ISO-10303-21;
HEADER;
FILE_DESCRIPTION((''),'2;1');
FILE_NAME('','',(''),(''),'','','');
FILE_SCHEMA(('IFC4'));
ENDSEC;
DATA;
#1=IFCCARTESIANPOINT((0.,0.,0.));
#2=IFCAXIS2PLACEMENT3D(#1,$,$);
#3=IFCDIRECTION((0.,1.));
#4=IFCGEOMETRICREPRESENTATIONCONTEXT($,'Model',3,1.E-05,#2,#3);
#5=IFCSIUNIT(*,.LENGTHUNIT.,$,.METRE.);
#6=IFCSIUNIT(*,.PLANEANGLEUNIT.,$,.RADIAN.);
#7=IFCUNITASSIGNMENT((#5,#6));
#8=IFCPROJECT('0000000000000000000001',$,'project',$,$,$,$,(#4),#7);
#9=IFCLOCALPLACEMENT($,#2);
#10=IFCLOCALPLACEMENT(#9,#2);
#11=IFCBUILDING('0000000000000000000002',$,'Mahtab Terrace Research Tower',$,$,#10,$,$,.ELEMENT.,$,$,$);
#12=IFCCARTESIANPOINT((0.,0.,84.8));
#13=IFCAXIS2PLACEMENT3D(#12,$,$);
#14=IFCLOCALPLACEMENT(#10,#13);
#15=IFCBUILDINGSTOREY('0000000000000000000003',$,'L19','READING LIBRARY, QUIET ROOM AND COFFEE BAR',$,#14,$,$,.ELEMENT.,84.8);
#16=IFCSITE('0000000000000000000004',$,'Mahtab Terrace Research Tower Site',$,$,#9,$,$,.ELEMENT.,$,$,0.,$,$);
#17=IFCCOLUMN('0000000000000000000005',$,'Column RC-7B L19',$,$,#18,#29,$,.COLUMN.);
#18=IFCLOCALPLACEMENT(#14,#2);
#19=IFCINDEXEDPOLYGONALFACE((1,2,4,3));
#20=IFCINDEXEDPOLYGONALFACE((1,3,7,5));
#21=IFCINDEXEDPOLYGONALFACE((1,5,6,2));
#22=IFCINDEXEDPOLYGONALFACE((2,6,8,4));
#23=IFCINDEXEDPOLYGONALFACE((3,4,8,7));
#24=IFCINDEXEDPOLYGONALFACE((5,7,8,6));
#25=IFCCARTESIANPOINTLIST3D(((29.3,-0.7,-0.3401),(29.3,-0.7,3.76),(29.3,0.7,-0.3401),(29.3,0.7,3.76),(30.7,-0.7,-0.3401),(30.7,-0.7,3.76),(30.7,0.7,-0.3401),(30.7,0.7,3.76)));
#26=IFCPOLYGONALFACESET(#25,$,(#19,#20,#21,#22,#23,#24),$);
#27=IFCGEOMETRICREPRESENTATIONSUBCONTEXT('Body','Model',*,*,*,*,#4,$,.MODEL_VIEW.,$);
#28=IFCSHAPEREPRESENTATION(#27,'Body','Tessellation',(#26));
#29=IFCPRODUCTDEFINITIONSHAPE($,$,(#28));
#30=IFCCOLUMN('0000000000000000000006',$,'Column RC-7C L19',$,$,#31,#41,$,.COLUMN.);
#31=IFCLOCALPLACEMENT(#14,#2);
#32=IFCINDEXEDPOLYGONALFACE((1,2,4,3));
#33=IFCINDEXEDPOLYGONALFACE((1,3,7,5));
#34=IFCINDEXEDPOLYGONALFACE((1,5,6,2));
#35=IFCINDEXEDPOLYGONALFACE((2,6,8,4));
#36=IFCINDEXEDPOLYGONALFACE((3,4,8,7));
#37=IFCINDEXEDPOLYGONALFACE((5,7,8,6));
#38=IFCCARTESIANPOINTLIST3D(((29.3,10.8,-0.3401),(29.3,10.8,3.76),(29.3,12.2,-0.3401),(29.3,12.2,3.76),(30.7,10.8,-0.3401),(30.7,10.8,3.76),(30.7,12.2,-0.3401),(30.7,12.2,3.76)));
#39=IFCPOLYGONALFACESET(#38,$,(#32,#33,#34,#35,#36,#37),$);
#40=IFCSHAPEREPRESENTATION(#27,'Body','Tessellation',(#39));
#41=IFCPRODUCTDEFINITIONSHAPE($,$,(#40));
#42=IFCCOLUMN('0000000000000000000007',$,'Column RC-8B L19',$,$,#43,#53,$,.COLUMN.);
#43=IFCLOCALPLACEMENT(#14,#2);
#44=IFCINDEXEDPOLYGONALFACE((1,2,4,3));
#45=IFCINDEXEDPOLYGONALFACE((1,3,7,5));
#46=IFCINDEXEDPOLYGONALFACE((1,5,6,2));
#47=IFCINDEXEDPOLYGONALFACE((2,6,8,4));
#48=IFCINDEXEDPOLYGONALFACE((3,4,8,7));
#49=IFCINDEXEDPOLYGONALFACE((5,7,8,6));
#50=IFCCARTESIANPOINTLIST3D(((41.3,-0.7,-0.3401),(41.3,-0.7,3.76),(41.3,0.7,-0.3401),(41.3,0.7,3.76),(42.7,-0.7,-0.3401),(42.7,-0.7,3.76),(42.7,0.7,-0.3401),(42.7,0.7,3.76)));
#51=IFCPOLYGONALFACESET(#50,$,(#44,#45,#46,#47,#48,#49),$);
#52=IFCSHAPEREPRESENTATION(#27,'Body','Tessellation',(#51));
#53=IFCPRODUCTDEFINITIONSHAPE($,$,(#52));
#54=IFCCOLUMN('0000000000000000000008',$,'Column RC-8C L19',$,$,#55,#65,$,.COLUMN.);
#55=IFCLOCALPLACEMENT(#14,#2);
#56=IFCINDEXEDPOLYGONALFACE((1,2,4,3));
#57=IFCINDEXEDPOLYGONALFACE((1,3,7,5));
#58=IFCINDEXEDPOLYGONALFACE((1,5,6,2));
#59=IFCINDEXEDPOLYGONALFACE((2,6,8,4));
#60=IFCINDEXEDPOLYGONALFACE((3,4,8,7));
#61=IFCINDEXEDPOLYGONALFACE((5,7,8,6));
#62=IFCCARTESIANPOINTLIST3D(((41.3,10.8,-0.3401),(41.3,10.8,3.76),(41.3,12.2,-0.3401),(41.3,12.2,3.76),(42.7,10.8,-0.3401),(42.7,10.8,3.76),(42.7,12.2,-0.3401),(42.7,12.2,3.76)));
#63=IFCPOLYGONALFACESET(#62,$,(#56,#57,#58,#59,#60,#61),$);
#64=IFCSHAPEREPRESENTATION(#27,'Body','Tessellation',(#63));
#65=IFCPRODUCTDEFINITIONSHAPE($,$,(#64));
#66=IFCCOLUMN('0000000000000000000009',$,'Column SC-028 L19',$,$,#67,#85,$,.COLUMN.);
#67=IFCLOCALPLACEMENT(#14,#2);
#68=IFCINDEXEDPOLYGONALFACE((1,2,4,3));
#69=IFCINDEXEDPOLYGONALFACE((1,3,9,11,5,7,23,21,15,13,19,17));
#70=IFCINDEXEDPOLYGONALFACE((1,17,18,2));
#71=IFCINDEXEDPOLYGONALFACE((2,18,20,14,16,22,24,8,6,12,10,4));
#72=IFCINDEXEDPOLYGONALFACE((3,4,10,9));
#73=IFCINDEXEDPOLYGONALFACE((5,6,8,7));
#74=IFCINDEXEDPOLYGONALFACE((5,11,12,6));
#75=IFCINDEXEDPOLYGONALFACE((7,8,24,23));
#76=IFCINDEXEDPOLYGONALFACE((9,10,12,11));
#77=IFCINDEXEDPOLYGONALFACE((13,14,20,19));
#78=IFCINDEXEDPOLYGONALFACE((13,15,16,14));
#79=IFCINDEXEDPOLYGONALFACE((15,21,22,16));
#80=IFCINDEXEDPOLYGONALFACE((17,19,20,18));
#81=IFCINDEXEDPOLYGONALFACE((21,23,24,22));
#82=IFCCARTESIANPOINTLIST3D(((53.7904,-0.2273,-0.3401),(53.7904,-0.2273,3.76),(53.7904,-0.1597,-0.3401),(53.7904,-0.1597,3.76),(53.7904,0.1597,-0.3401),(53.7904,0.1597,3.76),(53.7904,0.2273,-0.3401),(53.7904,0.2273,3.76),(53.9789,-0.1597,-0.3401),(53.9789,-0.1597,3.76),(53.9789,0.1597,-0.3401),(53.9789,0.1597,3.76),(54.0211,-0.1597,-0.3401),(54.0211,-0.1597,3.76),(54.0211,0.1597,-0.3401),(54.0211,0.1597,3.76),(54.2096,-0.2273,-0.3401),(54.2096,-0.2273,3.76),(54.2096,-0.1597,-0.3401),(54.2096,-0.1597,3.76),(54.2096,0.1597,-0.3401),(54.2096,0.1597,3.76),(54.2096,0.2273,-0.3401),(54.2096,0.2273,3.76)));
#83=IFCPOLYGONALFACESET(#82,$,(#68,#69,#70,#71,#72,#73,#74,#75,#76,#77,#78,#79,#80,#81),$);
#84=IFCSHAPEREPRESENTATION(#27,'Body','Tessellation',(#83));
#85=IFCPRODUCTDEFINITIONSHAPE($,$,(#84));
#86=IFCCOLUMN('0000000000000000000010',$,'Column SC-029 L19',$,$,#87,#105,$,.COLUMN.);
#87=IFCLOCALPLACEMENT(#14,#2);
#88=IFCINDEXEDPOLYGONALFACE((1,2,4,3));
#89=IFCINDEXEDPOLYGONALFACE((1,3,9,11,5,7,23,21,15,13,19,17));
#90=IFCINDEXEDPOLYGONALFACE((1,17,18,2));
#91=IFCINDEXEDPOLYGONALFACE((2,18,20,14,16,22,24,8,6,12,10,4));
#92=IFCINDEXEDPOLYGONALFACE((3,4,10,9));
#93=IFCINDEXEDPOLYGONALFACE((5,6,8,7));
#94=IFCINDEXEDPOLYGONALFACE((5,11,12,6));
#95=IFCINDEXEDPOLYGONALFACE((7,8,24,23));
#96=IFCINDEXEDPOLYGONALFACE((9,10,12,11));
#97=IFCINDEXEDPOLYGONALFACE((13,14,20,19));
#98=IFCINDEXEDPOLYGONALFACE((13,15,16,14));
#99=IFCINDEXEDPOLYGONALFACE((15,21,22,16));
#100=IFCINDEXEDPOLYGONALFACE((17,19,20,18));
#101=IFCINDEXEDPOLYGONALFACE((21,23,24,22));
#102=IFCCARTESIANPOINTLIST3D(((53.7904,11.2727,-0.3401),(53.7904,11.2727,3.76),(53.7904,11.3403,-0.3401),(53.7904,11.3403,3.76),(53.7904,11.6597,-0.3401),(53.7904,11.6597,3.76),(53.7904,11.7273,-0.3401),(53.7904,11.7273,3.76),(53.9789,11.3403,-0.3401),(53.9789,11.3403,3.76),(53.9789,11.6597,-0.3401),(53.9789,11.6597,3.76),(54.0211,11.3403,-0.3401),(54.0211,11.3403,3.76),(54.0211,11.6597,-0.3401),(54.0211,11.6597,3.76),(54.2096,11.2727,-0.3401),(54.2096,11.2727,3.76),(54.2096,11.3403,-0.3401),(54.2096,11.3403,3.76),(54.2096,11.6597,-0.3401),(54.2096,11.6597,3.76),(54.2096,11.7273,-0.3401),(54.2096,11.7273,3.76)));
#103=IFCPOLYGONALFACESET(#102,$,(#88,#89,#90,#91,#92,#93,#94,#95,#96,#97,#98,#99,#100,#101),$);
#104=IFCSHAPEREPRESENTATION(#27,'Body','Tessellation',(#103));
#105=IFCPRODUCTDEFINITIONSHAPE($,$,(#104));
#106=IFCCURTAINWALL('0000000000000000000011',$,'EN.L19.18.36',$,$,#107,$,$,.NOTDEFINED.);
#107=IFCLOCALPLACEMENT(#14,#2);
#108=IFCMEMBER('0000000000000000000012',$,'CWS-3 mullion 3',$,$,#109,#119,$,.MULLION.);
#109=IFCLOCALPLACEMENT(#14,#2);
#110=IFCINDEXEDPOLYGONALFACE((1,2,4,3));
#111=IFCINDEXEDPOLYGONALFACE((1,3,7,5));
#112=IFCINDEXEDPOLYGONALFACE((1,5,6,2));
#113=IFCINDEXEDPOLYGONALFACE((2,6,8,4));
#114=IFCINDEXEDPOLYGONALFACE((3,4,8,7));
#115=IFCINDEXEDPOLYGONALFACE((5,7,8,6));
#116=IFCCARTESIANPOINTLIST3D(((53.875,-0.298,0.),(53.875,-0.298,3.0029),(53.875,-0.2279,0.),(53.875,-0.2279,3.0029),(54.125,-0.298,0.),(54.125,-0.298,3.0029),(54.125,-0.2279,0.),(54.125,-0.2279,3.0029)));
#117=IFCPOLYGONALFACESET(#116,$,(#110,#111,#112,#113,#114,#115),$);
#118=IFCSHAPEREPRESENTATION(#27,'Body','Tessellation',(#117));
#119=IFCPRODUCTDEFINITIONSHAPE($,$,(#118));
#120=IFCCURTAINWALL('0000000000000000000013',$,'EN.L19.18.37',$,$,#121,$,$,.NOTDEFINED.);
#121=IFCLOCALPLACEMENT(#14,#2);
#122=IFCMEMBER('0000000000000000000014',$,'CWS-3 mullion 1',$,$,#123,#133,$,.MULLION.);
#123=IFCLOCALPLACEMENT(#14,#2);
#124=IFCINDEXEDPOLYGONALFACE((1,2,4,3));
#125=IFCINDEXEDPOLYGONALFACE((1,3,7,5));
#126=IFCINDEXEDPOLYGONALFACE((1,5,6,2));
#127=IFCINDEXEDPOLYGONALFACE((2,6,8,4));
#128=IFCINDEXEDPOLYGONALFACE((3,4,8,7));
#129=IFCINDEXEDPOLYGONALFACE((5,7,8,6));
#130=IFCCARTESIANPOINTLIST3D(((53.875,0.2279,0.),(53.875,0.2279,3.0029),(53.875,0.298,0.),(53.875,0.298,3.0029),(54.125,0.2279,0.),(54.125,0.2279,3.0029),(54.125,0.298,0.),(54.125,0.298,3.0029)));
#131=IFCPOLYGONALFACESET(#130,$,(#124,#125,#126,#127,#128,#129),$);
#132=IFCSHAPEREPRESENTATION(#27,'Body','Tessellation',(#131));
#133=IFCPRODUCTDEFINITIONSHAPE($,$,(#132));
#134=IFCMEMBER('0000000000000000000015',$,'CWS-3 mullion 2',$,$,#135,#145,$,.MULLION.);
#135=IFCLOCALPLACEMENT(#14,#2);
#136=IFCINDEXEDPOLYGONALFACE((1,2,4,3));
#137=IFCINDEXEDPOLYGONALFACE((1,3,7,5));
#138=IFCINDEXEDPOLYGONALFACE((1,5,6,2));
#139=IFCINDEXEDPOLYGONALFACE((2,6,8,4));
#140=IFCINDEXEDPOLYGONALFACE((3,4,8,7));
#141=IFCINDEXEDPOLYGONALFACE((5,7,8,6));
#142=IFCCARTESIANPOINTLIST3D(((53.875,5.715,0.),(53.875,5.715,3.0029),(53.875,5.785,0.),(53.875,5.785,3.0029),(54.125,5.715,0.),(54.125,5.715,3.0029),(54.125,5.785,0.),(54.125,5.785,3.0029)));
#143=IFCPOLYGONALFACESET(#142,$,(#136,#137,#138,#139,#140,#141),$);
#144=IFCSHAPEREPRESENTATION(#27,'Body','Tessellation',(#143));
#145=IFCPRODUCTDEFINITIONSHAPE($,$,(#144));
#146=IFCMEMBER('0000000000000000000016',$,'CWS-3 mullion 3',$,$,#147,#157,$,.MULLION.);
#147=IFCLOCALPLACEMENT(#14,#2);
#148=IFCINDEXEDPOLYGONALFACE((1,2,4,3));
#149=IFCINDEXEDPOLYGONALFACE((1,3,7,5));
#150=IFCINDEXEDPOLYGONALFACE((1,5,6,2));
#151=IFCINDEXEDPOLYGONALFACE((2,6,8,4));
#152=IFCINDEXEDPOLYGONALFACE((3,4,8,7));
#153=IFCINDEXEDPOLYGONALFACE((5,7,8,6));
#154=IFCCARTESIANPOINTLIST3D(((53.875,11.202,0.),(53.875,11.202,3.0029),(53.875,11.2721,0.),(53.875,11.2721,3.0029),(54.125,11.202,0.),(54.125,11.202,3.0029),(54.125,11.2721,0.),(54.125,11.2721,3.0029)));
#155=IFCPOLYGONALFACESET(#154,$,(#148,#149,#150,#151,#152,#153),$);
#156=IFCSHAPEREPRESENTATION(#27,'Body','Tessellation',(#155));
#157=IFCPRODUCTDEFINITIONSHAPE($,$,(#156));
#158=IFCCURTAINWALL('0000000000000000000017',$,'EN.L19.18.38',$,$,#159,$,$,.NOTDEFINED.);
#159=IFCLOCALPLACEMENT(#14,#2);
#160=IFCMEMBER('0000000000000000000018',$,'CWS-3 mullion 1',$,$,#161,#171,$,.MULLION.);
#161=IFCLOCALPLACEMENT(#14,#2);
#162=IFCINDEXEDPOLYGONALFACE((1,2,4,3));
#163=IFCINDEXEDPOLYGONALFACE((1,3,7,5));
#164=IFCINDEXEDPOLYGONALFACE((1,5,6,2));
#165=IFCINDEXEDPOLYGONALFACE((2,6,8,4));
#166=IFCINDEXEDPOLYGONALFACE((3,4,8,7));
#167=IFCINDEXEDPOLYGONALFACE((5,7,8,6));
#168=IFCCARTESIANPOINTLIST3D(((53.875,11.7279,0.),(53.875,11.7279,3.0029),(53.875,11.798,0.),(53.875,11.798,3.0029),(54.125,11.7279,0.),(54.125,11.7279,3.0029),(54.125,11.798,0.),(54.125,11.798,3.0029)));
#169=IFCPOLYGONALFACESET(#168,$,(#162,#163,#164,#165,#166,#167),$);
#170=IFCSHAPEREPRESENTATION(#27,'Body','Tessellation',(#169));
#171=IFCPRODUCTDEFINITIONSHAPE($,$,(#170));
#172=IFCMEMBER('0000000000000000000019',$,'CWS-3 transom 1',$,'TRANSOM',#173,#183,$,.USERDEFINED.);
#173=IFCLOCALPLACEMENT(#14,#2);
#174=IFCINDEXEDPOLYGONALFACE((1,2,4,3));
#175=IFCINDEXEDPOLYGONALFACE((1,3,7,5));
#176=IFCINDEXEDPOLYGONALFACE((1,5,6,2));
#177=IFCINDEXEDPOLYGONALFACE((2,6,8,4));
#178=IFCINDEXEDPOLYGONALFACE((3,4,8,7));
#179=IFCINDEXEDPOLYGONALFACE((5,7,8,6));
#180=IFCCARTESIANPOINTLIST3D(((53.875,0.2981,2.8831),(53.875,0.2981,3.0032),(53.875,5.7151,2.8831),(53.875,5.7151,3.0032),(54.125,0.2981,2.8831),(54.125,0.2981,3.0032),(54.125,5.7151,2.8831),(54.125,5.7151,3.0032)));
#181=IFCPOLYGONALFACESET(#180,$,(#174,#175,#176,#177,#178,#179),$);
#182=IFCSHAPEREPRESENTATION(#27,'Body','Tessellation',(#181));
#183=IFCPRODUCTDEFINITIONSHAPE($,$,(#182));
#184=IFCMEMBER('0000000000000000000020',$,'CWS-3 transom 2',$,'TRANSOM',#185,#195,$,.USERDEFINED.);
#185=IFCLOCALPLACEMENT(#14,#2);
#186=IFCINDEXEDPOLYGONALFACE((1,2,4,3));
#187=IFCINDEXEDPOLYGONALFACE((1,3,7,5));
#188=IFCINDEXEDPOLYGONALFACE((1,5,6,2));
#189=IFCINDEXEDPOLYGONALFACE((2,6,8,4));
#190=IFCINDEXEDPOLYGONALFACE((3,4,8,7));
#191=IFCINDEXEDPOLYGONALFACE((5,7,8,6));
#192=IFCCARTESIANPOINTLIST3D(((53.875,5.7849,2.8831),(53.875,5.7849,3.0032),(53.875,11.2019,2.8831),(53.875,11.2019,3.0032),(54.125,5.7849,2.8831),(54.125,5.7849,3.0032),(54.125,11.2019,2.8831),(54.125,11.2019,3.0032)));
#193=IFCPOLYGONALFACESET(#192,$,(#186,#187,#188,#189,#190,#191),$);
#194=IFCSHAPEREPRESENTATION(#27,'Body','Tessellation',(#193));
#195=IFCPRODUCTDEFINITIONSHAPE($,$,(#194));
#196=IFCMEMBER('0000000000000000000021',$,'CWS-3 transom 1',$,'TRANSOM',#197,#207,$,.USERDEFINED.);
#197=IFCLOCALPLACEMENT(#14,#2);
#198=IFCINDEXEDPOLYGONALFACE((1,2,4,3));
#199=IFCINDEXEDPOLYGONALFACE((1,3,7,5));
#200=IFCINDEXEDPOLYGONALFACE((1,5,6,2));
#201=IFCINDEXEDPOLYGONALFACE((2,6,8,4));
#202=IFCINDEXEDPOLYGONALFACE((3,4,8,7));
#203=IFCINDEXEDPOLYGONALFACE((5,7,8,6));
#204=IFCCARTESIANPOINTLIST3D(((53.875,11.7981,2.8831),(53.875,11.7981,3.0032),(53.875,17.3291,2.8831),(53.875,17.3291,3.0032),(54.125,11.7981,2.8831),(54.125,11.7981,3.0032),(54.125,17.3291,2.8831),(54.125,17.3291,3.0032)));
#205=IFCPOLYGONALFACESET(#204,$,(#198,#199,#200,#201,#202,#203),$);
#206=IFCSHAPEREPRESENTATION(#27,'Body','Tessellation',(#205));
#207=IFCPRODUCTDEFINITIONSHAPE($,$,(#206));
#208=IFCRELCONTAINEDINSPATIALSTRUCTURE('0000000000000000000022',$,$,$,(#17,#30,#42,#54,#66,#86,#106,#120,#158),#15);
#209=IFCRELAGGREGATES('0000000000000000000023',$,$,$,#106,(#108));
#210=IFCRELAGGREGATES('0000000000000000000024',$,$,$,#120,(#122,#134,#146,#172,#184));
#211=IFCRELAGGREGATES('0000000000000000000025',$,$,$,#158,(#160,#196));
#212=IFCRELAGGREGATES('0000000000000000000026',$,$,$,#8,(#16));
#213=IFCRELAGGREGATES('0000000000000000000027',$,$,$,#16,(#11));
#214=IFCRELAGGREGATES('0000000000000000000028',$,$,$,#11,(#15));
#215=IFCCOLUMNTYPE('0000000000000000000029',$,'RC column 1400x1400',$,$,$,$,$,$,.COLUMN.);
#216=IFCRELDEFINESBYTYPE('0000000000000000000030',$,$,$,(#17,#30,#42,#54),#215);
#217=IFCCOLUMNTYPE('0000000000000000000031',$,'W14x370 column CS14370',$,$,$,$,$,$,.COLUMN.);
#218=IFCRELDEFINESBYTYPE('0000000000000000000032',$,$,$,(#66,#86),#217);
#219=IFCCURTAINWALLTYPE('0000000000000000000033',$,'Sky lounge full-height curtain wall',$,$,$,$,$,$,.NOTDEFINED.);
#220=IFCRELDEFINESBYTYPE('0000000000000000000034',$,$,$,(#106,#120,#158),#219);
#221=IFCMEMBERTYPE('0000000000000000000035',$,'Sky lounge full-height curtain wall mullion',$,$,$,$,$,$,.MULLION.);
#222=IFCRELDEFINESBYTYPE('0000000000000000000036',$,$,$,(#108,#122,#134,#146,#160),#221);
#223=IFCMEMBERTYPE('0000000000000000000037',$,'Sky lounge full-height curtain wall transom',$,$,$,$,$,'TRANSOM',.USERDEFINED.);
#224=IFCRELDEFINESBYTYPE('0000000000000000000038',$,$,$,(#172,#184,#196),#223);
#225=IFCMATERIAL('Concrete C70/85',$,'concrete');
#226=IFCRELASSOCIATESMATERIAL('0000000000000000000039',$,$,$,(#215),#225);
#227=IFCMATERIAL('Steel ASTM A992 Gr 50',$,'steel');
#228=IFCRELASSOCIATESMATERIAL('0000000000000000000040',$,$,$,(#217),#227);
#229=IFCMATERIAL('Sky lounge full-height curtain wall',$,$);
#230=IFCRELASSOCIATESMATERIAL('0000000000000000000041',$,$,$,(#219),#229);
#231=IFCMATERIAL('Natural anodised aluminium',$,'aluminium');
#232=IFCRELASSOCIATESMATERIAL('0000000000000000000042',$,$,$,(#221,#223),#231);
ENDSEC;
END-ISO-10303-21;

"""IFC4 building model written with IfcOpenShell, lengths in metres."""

from ifc_helpers import new_model, si_unit, direction, frame, origin, origin_2d, place, context, subcontext, project, spatial, rectangle, i_section, extrude, material, material_profile, profile_set, type_object, element, aggregate, save


model = new_model("IFC4")

# Units and contexts
model_context = context("Model", 3, precision=1e-05, world=origin(), true_north=direction((0.0, 1.0)))
body_context = subcontext(model_context, "Body", "Model", "MODEL_VIEW")
ifc_project = project(units=[si_unit("LENGTHUNIT", "METRE"), si_unit("PLANEANGLEUNIT", "RADIAN")], contexts=[model_context])

# Site, building, storey
site_placement = place(None, origin())
site = spatial("IfcSite", under=ifc_project, at=site_placement, Name="Mahtab Terrace Research Tower Site", CompositionType="ELEMENT", RefElevation=0.0)
building_placement = place(site_placement, origin())
building = spatial("IfcBuilding", under=site, at=building_placement, Name="Mahtab Terrace Research Tower", CompositionType="ELEMENT")
storey_placement = place(building_placement, frame((0.0, 0.0, 84.8)))
storey = spatial("IfcBuildingStorey", under=building, at=storey_placement, Name="L19", Description="READING LIBRARY, QUIET ROOM AND COFFEE BAR", CompositionType="ELEMENT", Elevation=84.8)

# Columns
ifc_material_1 = material(Name="Concrete C70/85", Category="concrete")
ifc_material_profile_1 = material_profile(ifc_material_1, rectangle(XDim=1.3999, YDim=1.3999, at=origin_2d()), Name="RC column 1400x1400")
ifc_profile_set_1 = profile_set([ifc_material_profile_1], Name="Concrete C70/85")
column_type_1 = type_object("IfcColumnType", Name="RC column 1400x1400", PredefinedType="COLUMN", material=ifc_profile_set_1)
for number, where, z_axis, x_axis, name in (
    (1, (30.0, 0.0, -0.3401), (0.0, 0.0, 1.0), (1.0, 0.0, 0.0), "Column RC-7B L19"),
    (2, (30.0, 11.5, -0.3401), (0.0, 0.0, 1.0), (1.0, 0.0, 0.0), "Column RC-7C L19"),
    (3, (42.0, 0.0, -0.3401), (0.0, 0.0, 1.0), (1.0, 0.0, 0.0), "Column RC-8B L19"),
    (4, (42.0, 11.5, -0.3401), (0.0, 0.0, 1.0), (1.0, 0.0, 0.0), "Column RC-8C L19"),
):
    element("IfcColumn", number, at=place(storey_placement, frame(where, z_axis=z_axis, x_axis=x_axis)), inside=storey, type_object=column_type_1, Name=name, PredefinedType="COLUMN", context=body_context, shape_type="SweptSolid", body=[
        extrude(rectangle(XDim=1.3999, YDim=1.3999, at=origin_2d()), origin(), (0.0, 0.0, 1.0), 4.1001),
    ])
ifc_material_2 = material(Name="Steel ASTM A992 Gr 50", Category="steel")
ifc_material_profile_2 = material_profile(ifc_material_2, i_section(OverallWidth=0.4192, OverallDepth=0.4546, WebThickness=0.0422, FlangeThickness=0.0676, at=origin_2d()), Name="W14X370")
ifc_profile_set_2 = profile_set([ifc_material_profile_2], Name="Steel ASTM A992 Gr 50")
column_type_2 = type_object("IfcColumnType", Name="W14x370 column CS14370", PredefinedType="COLUMN", material=ifc_profile_set_2)
for number, where, z_axis, x_axis, name in (
    (5, (54.0, 0.0, -0.3401), (0.0, 0.0, 1.0), (1.0, 0.0, 0.0), "Column SC-028 L19"),
    (6, (54.0, 11.5, -0.3401), (0.0, 0.0, 1.0), (1.0, 0.0, 0.0), "Column SC-029 L19"),
):
    element("IfcColumn", number, at=place(storey_placement, frame(where, z_axis=z_axis, x_axis=x_axis)), inside=storey, type_object=column_type_2, Name=name, PredefinedType="COLUMN", context=body_context, shape_type="SweptSolid", body=[
        extrude(i_section(OverallWidth=0.4192, OverallDepth=0.4546, WebThickness=0.0422, FlangeThickness=0.0676, at=origin_2d()), origin(), (0.0, 0.0, 1.0), 4.1001),
    ])

# Curtain wall, member
ifc_material_3 = material(Name="Sky lounge full-height curtain wall")
curtain_wall_type = type_object("IfcCurtainWallType", Name="Sky lounge full-height curtain wall", PredefinedType="NOTDEFINED", material=ifc_material_3)
curtain_wall_1_placement = place(storey_placement, origin())
curtain_wall_1 = element("IfcCurtainWall", 7, at=curtain_wall_1_placement, inside=storey, type_object=curtain_wall_type, Name="EN.L19.18.36", PredefinedType="NOTDEFINED")
ifc_material_4 = material(Name="Natural anodised aluminium", Category="aluminium")
ifc_material_profile_3 = material_profile(ifc_material_4, rectangle(XDim=0.25, YDim=0.0701, at=origin_2d()), Name="MULLION 70x250")
ifc_profile_set_3 = profile_set([ifc_material_profile_3], Name="Natural anodised aluminium")
member_type_1 = type_object("IfcMemberType", Name="Sky lounge full-height curtain wall mullion", PredefinedType="MULLION", material=ifc_profile_set_3)
member_1_placement = place(storey_placement, frame((54.0, -0.2629, 0.0), z_axis=(0.0, 0.0, 1.0), x_axis=(-1.0, 0.0, 0.0)))
member_1 = element("IfcMember", 8, at=member_1_placement, type_object=member_type_1, Name="CWS-3 mullion 3", PredefinedType="MULLION", context=body_context, shape_type="SweptSolid", body=[
    extrude(rectangle(XDim=0.25, YDim=0.0701, at=origin_2d()), origin(), (0.0, 0.0, 1.0), 3.0029),
])

# Curtain wall, members
curtain_wall_2_placement = place(storey_placement, origin())
curtain_wall_2 = element("IfcCurtainWall", 9, at=curtain_wall_2_placement, inside=storey, type_object=curtain_wall_type, Name="EN.L19.18.37", PredefinedType="NOTDEFINED")
member_2_placement = place(storey_placement, frame((54.0, 0.2629, 0.0), z_axis=(0.0, 0.0, 1.0), x_axis=(-1.0, 0.0, 0.0)))
member_2 = element("IfcMember", 10, at=member_2_placement, type_object=member_type_1, Name="CWS-3 mullion 1", PredefinedType="MULLION", context=body_context, shape_type="SweptSolid", body=[
    extrude(rectangle(XDim=0.25, YDim=0.0701, at=origin_2d()), origin(), (0.0, 0.0, 1.0), 3.0029),
])
member_3_placement = place(storey_placement, frame((54.0, 5.75, 0.0), z_axis=(0.0, 0.0, 1.0), x_axis=(-1.0, 0.0, 0.0)))
member_3 = element("IfcMember", 11, at=member_3_placement, type_object=member_type_1, Name="CWS-3 mullion 2", PredefinedType="MULLION", context=body_context, shape_type="SweptSolid", body=[
    extrude(rectangle(XDim=0.25, YDim=0.0701, at=origin_2d()), origin(), (0.0, 0.0, 1.0), 3.0029),
])
member_4_placement = place(storey_placement, frame((54.0, 11.2371, 0.0), z_axis=(0.0, 0.0, 1.0), x_axis=(-1.0, 0.0, 0.0)))
member_4 = element("IfcMember", 12, at=member_4_placement, type_object=member_type_1, Name="CWS-3 mullion 3", PredefinedType="MULLION", context=body_context, shape_type="SweptSolid", body=[
    extrude(rectangle(XDim=0.25, YDim=0.0701, at=origin_2d()), origin(), (0.0, 0.0, 1.0), 3.0029),
])

# Curtain wall, member
curtain_wall_3_placement = place(storey_placement, origin())
curtain_wall_3 = element("IfcCurtainWall", 13, at=curtain_wall_3_placement, inside=storey, type_object=curtain_wall_type, Name="EN.L19.18.38", PredefinedType="NOTDEFINED")
member_5_placement = place(storey_placement, frame((54.0, 11.7629, 0.0), z_axis=(0.0, 0.0, 1.0), x_axis=(-1.0, 0.0, 0.0)))
member_5 = element("IfcMember", 14, at=member_5_placement, type_object=member_type_1, Name="CWS-3 mullion 1", PredefinedType="MULLION", context=body_context, shape_type="SweptSolid", body=[
    extrude(rectangle(XDim=0.25, YDim=0.0701, at=origin_2d()), origin(), (0.0, 0.0, 1.0), 3.0029),
])

# Members
ifc_material_profile_4 = material_profile(ifc_material_4, rectangle(XDim=0.25, YDim=0.1201, at=origin_2d()), Name="TRANSOM 120x250")
ifc_profile_set_4 = profile_set([ifc_material_profile_4], Name="Natural anodised aluminium")
member_type_2 = type_object("IfcMemberType", Name="Sky lounge full-height curtain wall transom", ElementType="TRANSOM", PredefinedType="USERDEFINED", material=ifc_profile_set_4)
member_6_placement = place(storey_placement, frame((54.0, 0.2981, 2.9431), z_axis=(0.0, 1.0, 0.0), x_axis=(-1.0, 0.0, 0.0)))
member_6 = element("IfcMember", 15, at=member_6_placement, type_object=member_type_2, Name="CWS-3 transom 1", ObjectType="TRANSOM", PredefinedType="USERDEFINED", context=body_context, shape_type="SweptSolid", body=[
    extrude(rectangle(XDim=0.25, YDim=0.1201, at=origin_2d()), origin(), (0.0, 0.0, 1.0), 5.417),
])
member_7_placement = place(storey_placement, frame((54.0, 5.7849, 2.9431), z_axis=(0.0, 1.0, 0.0), x_axis=(-1.0, 0.0, 0.0)))
member_7 = element("IfcMember", 16, at=member_7_placement, type_object=member_type_2, Name="CWS-3 transom 2", ObjectType="TRANSOM", PredefinedType="USERDEFINED", context=body_context, shape_type="SweptSolid", body=[
    extrude(rectangle(XDim=0.25, YDim=0.1201, at=origin_2d()), origin(), (0.0, 0.0, 1.0), 5.417),
])
member_8_placement = place(storey_placement, frame((54.0, 11.7981, 2.9431), z_axis=(0.0, 1.0, 0.0), x_axis=(-1.0, 0.0, 0.0)))
member_8 = element("IfcMember", 17, at=member_8_placement, type_object=member_type_2, Name="CWS-3 transom 1", ObjectType="TRANSOM", PredefinedType="USERDEFINED", context=body_context, shape_type="SweptSolid", body=[
    extrude(rectangle(XDim=0.25, YDim=0.1201, at=origin_2d()), origin(), (0.0, 0.0, 1.0), 5.531),
])

aggregate(curtain_wall_1, [member_1])
aggregate(curtain_wall_2, [member_2, member_3, member_4, member_6, member_7])
aggregate(curtain_wall_3, [member_5, member_8])

save(model, "model.ifc")
